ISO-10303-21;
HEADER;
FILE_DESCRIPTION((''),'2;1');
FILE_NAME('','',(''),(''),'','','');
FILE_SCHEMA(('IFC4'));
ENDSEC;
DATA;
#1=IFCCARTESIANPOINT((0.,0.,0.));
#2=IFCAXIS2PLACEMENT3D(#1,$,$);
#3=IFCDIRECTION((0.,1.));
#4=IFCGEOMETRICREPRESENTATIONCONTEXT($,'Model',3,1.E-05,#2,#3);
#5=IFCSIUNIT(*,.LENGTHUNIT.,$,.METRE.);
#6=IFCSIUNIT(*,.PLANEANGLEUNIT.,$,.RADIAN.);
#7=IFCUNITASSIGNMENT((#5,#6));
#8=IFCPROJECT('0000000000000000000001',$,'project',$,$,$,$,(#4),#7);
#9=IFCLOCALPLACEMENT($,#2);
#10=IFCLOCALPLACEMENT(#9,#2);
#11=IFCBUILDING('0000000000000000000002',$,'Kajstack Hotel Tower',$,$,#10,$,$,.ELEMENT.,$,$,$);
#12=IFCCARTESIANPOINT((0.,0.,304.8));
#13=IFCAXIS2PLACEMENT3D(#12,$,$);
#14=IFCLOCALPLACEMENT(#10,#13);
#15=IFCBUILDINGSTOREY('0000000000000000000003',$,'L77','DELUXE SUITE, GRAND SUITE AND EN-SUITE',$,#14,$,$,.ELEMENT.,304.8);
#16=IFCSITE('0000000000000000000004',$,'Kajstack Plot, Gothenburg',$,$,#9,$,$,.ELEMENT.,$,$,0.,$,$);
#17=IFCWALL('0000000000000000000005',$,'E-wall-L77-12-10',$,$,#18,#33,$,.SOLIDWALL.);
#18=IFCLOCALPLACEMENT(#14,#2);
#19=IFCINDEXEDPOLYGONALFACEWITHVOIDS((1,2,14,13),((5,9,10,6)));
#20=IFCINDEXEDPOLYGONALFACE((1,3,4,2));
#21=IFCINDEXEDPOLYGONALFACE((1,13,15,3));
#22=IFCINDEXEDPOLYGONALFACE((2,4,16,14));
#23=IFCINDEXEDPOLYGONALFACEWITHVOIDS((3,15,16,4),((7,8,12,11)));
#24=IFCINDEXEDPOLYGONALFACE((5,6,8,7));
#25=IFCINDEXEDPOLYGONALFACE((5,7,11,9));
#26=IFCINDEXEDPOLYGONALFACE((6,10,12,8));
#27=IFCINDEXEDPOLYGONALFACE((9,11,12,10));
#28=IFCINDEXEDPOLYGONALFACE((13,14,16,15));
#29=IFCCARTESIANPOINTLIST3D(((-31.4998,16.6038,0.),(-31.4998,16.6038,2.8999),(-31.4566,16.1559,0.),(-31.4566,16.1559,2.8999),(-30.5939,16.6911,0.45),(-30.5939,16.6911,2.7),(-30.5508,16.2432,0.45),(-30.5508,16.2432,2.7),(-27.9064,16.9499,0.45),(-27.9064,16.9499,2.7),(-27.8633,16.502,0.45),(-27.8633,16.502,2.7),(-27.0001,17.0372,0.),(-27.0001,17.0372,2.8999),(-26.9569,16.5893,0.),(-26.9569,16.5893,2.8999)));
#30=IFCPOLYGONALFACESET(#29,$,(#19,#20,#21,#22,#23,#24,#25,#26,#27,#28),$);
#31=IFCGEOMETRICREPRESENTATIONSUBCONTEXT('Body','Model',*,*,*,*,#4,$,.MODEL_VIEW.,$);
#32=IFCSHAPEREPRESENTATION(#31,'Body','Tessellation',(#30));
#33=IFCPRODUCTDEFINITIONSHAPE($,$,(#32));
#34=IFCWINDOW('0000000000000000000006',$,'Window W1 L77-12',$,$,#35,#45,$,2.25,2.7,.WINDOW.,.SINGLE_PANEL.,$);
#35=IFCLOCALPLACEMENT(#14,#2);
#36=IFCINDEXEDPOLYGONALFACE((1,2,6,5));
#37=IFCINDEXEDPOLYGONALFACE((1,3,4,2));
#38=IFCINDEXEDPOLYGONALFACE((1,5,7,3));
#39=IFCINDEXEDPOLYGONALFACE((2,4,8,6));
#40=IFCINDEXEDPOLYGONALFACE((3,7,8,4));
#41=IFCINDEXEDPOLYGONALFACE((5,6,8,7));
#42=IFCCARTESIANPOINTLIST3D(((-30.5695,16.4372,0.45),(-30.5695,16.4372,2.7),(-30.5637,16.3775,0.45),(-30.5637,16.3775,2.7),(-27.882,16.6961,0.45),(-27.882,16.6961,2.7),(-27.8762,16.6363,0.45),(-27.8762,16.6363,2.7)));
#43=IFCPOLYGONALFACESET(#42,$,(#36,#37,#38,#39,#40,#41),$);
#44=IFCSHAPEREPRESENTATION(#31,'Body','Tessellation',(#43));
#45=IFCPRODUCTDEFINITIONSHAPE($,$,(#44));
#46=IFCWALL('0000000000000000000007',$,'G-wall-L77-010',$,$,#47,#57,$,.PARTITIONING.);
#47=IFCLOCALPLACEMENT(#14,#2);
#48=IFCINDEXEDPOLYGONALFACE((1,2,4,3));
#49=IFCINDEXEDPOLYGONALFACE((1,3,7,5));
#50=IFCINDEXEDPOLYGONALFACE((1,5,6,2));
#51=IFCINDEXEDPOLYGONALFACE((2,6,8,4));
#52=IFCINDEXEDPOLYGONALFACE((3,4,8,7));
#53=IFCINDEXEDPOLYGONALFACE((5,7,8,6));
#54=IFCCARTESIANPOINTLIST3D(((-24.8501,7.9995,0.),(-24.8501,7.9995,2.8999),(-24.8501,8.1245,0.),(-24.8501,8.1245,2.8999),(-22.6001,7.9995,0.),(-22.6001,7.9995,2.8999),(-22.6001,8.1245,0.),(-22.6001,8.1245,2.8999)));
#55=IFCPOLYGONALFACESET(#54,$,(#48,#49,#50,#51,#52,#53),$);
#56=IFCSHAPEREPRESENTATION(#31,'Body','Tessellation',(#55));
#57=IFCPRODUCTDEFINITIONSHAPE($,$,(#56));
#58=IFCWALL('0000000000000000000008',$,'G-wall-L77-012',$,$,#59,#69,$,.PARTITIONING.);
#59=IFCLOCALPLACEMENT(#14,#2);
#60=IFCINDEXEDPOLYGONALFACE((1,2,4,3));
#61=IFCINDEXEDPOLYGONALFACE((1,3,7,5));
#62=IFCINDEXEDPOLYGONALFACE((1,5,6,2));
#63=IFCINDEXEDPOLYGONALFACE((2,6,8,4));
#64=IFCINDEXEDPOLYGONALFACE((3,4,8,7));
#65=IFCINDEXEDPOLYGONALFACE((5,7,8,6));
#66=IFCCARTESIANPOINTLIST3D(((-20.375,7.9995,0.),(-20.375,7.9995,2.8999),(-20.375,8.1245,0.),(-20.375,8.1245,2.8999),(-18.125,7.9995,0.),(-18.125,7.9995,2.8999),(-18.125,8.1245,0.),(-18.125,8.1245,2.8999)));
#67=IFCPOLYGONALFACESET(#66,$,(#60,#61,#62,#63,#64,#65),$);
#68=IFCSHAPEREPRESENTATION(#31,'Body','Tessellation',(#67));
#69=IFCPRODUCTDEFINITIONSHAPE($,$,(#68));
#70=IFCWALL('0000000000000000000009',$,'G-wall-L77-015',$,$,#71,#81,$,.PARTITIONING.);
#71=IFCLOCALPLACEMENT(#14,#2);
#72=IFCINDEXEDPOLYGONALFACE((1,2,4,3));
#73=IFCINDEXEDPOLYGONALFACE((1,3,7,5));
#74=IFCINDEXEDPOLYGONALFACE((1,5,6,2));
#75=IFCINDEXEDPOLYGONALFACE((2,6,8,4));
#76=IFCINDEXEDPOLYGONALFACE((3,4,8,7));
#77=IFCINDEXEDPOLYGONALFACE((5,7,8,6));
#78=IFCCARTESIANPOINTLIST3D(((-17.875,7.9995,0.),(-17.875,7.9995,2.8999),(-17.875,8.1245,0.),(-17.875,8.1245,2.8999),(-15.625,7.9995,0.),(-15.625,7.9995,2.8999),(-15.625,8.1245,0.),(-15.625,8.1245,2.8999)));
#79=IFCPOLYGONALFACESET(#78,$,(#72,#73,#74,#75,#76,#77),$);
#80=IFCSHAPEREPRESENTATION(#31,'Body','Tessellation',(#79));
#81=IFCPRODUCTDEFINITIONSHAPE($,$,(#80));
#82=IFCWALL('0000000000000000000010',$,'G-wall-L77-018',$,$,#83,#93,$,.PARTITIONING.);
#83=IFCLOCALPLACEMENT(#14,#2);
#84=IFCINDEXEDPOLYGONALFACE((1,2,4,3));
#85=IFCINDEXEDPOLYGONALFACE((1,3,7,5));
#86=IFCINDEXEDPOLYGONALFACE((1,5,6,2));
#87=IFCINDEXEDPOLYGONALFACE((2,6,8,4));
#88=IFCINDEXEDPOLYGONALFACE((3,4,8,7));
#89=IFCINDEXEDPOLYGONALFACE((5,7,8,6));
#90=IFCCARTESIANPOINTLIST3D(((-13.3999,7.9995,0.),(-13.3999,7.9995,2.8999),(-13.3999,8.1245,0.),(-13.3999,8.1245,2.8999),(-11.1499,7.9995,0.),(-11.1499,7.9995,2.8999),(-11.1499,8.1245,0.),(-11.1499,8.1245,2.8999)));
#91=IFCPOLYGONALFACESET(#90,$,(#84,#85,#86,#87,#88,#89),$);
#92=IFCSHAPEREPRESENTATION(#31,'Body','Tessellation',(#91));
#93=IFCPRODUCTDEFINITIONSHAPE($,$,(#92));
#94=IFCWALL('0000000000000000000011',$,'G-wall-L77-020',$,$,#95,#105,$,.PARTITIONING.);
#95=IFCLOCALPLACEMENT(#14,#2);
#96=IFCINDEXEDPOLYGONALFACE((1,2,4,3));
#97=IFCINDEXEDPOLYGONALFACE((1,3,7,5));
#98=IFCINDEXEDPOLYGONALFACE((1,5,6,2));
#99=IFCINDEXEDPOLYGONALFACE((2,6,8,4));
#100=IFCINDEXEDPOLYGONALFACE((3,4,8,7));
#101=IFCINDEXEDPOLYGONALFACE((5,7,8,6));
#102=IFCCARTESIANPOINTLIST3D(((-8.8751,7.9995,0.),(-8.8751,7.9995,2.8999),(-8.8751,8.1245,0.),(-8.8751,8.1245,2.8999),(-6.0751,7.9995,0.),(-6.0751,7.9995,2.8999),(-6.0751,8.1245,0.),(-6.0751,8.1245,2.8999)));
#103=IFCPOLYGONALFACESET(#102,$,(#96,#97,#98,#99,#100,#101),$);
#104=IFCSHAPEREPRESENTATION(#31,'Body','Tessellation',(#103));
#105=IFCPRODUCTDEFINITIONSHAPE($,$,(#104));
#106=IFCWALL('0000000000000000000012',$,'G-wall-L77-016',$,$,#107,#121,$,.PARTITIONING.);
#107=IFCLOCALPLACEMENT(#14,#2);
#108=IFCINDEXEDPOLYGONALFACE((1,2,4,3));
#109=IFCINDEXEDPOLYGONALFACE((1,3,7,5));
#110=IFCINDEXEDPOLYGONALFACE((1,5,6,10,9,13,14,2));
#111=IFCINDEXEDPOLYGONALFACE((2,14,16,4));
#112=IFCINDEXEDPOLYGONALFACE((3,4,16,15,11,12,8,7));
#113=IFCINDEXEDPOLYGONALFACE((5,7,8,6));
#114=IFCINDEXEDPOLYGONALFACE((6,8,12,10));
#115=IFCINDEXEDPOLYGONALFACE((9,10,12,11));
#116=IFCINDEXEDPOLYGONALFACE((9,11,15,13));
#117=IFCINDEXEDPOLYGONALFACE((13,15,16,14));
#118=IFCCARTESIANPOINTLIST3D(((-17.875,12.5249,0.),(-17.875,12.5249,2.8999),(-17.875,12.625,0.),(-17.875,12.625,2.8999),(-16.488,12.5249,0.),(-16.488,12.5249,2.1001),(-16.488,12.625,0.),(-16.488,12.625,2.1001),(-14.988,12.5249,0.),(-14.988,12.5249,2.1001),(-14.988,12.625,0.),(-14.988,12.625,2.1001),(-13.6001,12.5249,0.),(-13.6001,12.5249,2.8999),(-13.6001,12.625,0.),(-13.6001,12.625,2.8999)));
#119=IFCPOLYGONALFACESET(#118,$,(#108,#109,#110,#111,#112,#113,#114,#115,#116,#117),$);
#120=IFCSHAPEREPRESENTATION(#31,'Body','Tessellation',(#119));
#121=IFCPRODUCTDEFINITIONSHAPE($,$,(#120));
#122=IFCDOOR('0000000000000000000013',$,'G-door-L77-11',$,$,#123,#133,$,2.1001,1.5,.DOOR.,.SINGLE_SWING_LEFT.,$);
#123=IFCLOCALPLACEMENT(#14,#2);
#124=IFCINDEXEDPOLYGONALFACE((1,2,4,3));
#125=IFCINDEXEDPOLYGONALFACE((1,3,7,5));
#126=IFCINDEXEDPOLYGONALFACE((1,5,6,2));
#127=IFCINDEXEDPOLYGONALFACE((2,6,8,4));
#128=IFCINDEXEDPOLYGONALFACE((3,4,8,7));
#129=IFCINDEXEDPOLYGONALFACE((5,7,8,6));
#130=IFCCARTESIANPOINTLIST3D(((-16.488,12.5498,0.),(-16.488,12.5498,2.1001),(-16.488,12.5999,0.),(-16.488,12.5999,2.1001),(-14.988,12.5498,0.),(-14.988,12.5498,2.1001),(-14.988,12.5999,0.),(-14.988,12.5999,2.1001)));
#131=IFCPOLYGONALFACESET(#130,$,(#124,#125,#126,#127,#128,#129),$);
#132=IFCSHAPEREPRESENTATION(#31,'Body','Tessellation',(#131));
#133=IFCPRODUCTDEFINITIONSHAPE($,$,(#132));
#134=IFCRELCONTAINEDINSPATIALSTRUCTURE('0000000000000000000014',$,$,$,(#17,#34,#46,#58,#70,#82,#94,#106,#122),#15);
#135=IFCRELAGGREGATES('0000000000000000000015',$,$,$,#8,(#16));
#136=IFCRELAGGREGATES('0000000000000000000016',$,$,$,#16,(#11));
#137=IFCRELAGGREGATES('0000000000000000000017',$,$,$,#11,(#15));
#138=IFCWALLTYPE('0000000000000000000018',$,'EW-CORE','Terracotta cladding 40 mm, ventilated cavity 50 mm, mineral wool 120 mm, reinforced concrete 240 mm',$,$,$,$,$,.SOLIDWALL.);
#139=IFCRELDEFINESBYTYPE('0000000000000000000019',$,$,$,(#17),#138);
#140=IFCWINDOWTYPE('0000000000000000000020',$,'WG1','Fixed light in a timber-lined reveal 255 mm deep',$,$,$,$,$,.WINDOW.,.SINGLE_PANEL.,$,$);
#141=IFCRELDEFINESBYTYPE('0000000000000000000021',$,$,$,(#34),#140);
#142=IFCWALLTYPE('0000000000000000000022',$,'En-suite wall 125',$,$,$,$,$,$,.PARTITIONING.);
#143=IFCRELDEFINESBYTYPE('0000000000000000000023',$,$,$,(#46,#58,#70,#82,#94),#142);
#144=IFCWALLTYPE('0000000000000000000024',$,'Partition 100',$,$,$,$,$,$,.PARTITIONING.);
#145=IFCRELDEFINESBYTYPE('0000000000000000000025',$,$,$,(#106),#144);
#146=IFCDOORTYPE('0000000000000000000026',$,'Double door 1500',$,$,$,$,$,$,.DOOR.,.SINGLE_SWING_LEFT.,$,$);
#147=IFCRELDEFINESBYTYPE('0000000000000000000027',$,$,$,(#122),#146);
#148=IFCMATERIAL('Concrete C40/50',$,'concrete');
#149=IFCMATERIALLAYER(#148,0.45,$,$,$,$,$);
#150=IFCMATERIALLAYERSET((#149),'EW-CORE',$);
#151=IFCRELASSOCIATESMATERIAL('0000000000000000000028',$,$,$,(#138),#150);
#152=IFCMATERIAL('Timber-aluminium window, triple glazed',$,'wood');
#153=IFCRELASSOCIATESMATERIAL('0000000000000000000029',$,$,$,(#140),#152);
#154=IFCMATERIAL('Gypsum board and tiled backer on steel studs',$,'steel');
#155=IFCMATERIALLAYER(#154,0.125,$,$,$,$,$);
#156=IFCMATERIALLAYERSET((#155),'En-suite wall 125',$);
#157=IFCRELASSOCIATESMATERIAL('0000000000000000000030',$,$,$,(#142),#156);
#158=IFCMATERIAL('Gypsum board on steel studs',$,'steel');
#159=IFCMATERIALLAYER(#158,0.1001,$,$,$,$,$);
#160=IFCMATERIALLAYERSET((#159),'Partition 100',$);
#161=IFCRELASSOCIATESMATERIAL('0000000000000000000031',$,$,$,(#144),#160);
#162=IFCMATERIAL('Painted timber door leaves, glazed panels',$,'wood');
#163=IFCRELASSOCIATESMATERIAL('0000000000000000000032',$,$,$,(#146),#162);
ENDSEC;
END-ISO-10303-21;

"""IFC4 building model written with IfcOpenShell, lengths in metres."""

from ifc_helpers import new_model, si_unit, direction, frame, frame_2d, origin, place, context, subcontext, project, spatial, rectangle, extrude, material, layer, layer_set, type_object, element, fill, save


model = new_model("IFC4")

# Units and contexts
model_context = context("Model", 3, precision=1e-05, world=origin(), true_north=direction((0.0, 1.0)))
body_context = subcontext(model_context, "Body", "Model", "MODEL_VIEW")
ifc_project = project(units=[si_unit("LENGTHUNIT", "METRE"), si_unit("PLANEANGLEUNIT", "RADIAN")], contexts=[model_context])

# Site, building, storey
site_placement = place(None, origin())
site = spatial("IfcSite", under=ifc_project, at=site_placement, Name="Kajstack Plot, Gothenburg", CompositionType="ELEMENT", RefElevation=0.0)
building_placement = place(site_placement, origin())
building = spatial("IfcBuilding", under=site, at=building_placement, Name="Kajstack Hotel Tower", CompositionType="ELEMENT")
storey_placement = place(building_placement, frame((0.0, 0.0, 304.8)))
storey = spatial("IfcBuildingStorey", under=building, at=storey_placement, Name="L77", Description="DELUXE SUITE, GRAND SUITE AND EN-SUITE", CompositionType="ELEMENT", Elevation=304.8)

# Wall, opening, window
ifc_material_1 = material(Name="Concrete C40/50", Category="concrete")
ifc_layer_1 = layer(ifc_material_1, 0.45)
ifc_layer_set_1 = layer_set([ifc_layer_1], Name="EW-CORE")
wall_type_1 = type_object("IfcWallType", Name="EW-CORE", Description="Terracotta cladding 40 mm, ventilated cavity 50 mm, mineral wool 120 mm, reinforced concrete 240 mm", PredefinedType="SOLIDWALL", material=ifc_layer_set_1)
ifc_material_2 = material(Name="Timber-aluminium window, triple glazed", Category="wood")
window_type = type_object("IfcWindowType", Name="WG1", Description="Fixed light in a timber-lined reveal 255 mm deep", PartitioningType="SINGLE_PANEL", PredefinedType="WINDOW", material=ifc_material_2)
wall_1_placement = place(storey_placement, frame((-26.9785, 16.8132, 0.0), z_axis=(0.0, 0.0, 1.0), x_axis=(-0.995395, -0.095862, 0.0)))
wall_1 = element("IfcWall", 1, at=wall_1_placement, inside=storey, type_object=wall_type_1, Name="E-wall-L77-12-10", PredefinedType="SOLIDWALL", context=body_context, shape_type="SweptSolid", body=[
    extrude(rectangle(XDim=4.5205, YDim=0.45, at=frame_2d((2.2603, 0.0))), origin(), (0.0, 0.0, 1.0), 2.8999),
])
opening_1_placement = place(wall_1_placement, frame((0.9104, 0.0, 0.45)))
opening_1 = element("IfcOpeningElement", 2, at=opening_1_placement, cuts=wall_1, PredefinedType="OPENING", context=body_context, shape_type="SweptSolid", body=[
    extrude(rectangle(XDim=2.7, YDim=2.25, at=frame_2d((1.3501, 1.125))), frame((0.0, 0.2349, 0.0), z_axis=(0.0, -1.0, 0.0), x_axis=(1.0, 0.0, 0.0)), (0.0, 0.0, 1.0), 0.47),
])
window_1_placement = place(opening_1_placement, origin())
window_1 = element("IfcWindow", 3, at=window_1_placement, inside=storey, type_object=window_type, Name="Window W1 L77-12", OverallHeight=2.25, OverallWidth=2.7, PartitioningType="SINGLE_PANEL", PredefinedType="WINDOW", context=body_context, shape_type="SweptSolid", body=[
    extrude(rectangle(XDim=2.7, YDim=2.25, at=frame_2d((1.3501, 1.125))), frame((0.0, 0.0901, 0.0), z_axis=(0.0, -1.0, 0.0), x_axis=(1.0, 0.0, 0.0)), (0.0, 0.0, 1.0), 0.0601),
])
fill(opening_1, window_1)

# Walls
ifc_material_3 = material(Name="Gypsum board and tiled backer on steel studs", Category="steel")
ifc_layer_2 = layer(ifc_material_3, 0.125)
ifc_layer_set_2 = layer_set([ifc_layer_2], Name="En-suite wall 125")
wall_type_2 = type_object("IfcWallType", Name="En-suite wall 125", PredefinedType="PARTITIONING", material=ifc_layer_set_2)
for number, where, z_axis, x_axis, name in (
    (4, (-24.8501, 8.062, 0.0), (0.0, 0.0, 1.0), (1.0, 0.0, 0.0), "G-wall-L77-010"),
    (5, (-20.375, 8.062, 0.0), (0.0, 0.0, 1.0), (1.0, 0.0, 0.0), "G-wall-L77-012"),
    (6, (-17.875, 8.062, 0.0), (0.0, 0.0, 1.0), (1.0, 0.0, 0.0), "G-wall-L77-015"),
    (7, (-13.3999, 8.062, 0.0), (0.0, 0.0, 1.0), (1.0, 0.0, 0.0), "G-wall-L77-018"),
):
    element("IfcWall", number, at=place(storey_placement, frame(where, z_axis=z_axis, x_axis=x_axis)), inside=storey, type_object=wall_type_2, Name=name, PredefinedType="PARTITIONING", context=body_context, shape_type="SweptSolid", body=[
        extrude(rectangle(XDim=2.25, YDim=0.125, at=frame_2d((1.125, 0.0))), origin(), (0.0, 0.0, 1.0), 2.8999),
    ])
wall_2_placement = place(storey_placement, frame((-8.875, 8.062, 0.0), z_axis=(0.0, 0.0, 1.0), x_axis=(1.0, 0.0, 0.0)))
element("IfcWall", 8, at=wall_2_placement, inside=storey, type_object=wall_type_2, Name="G-wall-L77-020", PredefinedType="PARTITIONING", context=body_context, shape_type="SweptSolid", body=[
    extrude(rectangle(XDim=2.8, YDim=0.125, at=frame_2d((1.3999, 0.0))), origin(), (0.0, 0.0, 1.0), 2.8999),
])

# Wall, opening, door
ifc_material_4 = material(Name="Gypsum board on steel studs", Category="steel")
ifc_layer_3 = layer(ifc_material_4, 0.1001)
ifc_layer_set_3 = layer_set([ifc_layer_3], Name="Partition 100")
wall_type_3 = type_object("IfcWallType", Name="Partition 100", PredefinedType="PARTITIONING", material=ifc_layer_set_3)
wall_3_placement = place(storey_placement, frame((-17.875, 12.575, 0.0), z_axis=(0.0, 0.0, 1.0), x_axis=(1.0, 0.0, 0.0)))
wall_3 = element("IfcWall", 9, at=wall_3_placement, inside=storey, type_object=wall_type_3, Name="G-wall-L77-016", PredefinedType="PARTITIONING", context=body_context, shape_type="SweptSolid", body=[
    extrude(rectangle(XDim=4.2749, YDim=0.1001, at=frame_2d((2.1375, 0.0))), origin(), (0.0, 0.0, 1.0), 2.8999),
])
opening_2_placement = place(wall_3_placement, frame((1.387, 0.0, 0.0)))
opening_2 = element("IfcOpeningElement", 10, at=opening_2_placement, cuts=wall_3, PredefinedType="OPENING", context=body_context, shape_type="SweptSolid", body=[
    extrude(rectangle(XDim=1.5, YDim=2.1001, at=frame_2d((0.75, 1.05))), frame((0.0, 0.0601, 0.0), z_axis=(0.0, -1.0, 0.0), x_axis=(1.0, 0.0, 0.0)), (0.0, 0.0, 1.0), 0.1201),
])
ifc_material_5 = material(Name="Painted timber door leaves, glazed panels", Category="wood")
door_type = type_object("IfcDoorType", Name="Double door 1500", OperationType="SINGLE_SWING_LEFT", PredefinedType="DOOR", material=ifc_material_5)
door_placement = place(opening_2_placement, origin())
door = element("IfcDoor", 11, at=door_placement, inside=storey, type_object=door_type, Name="G-door-L77-11", OperationType="SINGLE_SWING_LEFT", OverallHeight=2.1001, OverallWidth=1.5, PredefinedType="DOOR", context=body_context, shape_type="SweptSolid", body=[
    extrude(rectangle(XDim=1.5, YDim=2.1001, at=frame_2d((0.75, 1.05))), frame((0.0, 0.0249, 0.0), z_axis=(0.0, -1.0, 0.0), x_axis=(1.0, 0.0, 0.0)), (0.0, 0.0, 1.0), 0.05),
])
fill(opening_2, door)

save(model, "model.ifc")
